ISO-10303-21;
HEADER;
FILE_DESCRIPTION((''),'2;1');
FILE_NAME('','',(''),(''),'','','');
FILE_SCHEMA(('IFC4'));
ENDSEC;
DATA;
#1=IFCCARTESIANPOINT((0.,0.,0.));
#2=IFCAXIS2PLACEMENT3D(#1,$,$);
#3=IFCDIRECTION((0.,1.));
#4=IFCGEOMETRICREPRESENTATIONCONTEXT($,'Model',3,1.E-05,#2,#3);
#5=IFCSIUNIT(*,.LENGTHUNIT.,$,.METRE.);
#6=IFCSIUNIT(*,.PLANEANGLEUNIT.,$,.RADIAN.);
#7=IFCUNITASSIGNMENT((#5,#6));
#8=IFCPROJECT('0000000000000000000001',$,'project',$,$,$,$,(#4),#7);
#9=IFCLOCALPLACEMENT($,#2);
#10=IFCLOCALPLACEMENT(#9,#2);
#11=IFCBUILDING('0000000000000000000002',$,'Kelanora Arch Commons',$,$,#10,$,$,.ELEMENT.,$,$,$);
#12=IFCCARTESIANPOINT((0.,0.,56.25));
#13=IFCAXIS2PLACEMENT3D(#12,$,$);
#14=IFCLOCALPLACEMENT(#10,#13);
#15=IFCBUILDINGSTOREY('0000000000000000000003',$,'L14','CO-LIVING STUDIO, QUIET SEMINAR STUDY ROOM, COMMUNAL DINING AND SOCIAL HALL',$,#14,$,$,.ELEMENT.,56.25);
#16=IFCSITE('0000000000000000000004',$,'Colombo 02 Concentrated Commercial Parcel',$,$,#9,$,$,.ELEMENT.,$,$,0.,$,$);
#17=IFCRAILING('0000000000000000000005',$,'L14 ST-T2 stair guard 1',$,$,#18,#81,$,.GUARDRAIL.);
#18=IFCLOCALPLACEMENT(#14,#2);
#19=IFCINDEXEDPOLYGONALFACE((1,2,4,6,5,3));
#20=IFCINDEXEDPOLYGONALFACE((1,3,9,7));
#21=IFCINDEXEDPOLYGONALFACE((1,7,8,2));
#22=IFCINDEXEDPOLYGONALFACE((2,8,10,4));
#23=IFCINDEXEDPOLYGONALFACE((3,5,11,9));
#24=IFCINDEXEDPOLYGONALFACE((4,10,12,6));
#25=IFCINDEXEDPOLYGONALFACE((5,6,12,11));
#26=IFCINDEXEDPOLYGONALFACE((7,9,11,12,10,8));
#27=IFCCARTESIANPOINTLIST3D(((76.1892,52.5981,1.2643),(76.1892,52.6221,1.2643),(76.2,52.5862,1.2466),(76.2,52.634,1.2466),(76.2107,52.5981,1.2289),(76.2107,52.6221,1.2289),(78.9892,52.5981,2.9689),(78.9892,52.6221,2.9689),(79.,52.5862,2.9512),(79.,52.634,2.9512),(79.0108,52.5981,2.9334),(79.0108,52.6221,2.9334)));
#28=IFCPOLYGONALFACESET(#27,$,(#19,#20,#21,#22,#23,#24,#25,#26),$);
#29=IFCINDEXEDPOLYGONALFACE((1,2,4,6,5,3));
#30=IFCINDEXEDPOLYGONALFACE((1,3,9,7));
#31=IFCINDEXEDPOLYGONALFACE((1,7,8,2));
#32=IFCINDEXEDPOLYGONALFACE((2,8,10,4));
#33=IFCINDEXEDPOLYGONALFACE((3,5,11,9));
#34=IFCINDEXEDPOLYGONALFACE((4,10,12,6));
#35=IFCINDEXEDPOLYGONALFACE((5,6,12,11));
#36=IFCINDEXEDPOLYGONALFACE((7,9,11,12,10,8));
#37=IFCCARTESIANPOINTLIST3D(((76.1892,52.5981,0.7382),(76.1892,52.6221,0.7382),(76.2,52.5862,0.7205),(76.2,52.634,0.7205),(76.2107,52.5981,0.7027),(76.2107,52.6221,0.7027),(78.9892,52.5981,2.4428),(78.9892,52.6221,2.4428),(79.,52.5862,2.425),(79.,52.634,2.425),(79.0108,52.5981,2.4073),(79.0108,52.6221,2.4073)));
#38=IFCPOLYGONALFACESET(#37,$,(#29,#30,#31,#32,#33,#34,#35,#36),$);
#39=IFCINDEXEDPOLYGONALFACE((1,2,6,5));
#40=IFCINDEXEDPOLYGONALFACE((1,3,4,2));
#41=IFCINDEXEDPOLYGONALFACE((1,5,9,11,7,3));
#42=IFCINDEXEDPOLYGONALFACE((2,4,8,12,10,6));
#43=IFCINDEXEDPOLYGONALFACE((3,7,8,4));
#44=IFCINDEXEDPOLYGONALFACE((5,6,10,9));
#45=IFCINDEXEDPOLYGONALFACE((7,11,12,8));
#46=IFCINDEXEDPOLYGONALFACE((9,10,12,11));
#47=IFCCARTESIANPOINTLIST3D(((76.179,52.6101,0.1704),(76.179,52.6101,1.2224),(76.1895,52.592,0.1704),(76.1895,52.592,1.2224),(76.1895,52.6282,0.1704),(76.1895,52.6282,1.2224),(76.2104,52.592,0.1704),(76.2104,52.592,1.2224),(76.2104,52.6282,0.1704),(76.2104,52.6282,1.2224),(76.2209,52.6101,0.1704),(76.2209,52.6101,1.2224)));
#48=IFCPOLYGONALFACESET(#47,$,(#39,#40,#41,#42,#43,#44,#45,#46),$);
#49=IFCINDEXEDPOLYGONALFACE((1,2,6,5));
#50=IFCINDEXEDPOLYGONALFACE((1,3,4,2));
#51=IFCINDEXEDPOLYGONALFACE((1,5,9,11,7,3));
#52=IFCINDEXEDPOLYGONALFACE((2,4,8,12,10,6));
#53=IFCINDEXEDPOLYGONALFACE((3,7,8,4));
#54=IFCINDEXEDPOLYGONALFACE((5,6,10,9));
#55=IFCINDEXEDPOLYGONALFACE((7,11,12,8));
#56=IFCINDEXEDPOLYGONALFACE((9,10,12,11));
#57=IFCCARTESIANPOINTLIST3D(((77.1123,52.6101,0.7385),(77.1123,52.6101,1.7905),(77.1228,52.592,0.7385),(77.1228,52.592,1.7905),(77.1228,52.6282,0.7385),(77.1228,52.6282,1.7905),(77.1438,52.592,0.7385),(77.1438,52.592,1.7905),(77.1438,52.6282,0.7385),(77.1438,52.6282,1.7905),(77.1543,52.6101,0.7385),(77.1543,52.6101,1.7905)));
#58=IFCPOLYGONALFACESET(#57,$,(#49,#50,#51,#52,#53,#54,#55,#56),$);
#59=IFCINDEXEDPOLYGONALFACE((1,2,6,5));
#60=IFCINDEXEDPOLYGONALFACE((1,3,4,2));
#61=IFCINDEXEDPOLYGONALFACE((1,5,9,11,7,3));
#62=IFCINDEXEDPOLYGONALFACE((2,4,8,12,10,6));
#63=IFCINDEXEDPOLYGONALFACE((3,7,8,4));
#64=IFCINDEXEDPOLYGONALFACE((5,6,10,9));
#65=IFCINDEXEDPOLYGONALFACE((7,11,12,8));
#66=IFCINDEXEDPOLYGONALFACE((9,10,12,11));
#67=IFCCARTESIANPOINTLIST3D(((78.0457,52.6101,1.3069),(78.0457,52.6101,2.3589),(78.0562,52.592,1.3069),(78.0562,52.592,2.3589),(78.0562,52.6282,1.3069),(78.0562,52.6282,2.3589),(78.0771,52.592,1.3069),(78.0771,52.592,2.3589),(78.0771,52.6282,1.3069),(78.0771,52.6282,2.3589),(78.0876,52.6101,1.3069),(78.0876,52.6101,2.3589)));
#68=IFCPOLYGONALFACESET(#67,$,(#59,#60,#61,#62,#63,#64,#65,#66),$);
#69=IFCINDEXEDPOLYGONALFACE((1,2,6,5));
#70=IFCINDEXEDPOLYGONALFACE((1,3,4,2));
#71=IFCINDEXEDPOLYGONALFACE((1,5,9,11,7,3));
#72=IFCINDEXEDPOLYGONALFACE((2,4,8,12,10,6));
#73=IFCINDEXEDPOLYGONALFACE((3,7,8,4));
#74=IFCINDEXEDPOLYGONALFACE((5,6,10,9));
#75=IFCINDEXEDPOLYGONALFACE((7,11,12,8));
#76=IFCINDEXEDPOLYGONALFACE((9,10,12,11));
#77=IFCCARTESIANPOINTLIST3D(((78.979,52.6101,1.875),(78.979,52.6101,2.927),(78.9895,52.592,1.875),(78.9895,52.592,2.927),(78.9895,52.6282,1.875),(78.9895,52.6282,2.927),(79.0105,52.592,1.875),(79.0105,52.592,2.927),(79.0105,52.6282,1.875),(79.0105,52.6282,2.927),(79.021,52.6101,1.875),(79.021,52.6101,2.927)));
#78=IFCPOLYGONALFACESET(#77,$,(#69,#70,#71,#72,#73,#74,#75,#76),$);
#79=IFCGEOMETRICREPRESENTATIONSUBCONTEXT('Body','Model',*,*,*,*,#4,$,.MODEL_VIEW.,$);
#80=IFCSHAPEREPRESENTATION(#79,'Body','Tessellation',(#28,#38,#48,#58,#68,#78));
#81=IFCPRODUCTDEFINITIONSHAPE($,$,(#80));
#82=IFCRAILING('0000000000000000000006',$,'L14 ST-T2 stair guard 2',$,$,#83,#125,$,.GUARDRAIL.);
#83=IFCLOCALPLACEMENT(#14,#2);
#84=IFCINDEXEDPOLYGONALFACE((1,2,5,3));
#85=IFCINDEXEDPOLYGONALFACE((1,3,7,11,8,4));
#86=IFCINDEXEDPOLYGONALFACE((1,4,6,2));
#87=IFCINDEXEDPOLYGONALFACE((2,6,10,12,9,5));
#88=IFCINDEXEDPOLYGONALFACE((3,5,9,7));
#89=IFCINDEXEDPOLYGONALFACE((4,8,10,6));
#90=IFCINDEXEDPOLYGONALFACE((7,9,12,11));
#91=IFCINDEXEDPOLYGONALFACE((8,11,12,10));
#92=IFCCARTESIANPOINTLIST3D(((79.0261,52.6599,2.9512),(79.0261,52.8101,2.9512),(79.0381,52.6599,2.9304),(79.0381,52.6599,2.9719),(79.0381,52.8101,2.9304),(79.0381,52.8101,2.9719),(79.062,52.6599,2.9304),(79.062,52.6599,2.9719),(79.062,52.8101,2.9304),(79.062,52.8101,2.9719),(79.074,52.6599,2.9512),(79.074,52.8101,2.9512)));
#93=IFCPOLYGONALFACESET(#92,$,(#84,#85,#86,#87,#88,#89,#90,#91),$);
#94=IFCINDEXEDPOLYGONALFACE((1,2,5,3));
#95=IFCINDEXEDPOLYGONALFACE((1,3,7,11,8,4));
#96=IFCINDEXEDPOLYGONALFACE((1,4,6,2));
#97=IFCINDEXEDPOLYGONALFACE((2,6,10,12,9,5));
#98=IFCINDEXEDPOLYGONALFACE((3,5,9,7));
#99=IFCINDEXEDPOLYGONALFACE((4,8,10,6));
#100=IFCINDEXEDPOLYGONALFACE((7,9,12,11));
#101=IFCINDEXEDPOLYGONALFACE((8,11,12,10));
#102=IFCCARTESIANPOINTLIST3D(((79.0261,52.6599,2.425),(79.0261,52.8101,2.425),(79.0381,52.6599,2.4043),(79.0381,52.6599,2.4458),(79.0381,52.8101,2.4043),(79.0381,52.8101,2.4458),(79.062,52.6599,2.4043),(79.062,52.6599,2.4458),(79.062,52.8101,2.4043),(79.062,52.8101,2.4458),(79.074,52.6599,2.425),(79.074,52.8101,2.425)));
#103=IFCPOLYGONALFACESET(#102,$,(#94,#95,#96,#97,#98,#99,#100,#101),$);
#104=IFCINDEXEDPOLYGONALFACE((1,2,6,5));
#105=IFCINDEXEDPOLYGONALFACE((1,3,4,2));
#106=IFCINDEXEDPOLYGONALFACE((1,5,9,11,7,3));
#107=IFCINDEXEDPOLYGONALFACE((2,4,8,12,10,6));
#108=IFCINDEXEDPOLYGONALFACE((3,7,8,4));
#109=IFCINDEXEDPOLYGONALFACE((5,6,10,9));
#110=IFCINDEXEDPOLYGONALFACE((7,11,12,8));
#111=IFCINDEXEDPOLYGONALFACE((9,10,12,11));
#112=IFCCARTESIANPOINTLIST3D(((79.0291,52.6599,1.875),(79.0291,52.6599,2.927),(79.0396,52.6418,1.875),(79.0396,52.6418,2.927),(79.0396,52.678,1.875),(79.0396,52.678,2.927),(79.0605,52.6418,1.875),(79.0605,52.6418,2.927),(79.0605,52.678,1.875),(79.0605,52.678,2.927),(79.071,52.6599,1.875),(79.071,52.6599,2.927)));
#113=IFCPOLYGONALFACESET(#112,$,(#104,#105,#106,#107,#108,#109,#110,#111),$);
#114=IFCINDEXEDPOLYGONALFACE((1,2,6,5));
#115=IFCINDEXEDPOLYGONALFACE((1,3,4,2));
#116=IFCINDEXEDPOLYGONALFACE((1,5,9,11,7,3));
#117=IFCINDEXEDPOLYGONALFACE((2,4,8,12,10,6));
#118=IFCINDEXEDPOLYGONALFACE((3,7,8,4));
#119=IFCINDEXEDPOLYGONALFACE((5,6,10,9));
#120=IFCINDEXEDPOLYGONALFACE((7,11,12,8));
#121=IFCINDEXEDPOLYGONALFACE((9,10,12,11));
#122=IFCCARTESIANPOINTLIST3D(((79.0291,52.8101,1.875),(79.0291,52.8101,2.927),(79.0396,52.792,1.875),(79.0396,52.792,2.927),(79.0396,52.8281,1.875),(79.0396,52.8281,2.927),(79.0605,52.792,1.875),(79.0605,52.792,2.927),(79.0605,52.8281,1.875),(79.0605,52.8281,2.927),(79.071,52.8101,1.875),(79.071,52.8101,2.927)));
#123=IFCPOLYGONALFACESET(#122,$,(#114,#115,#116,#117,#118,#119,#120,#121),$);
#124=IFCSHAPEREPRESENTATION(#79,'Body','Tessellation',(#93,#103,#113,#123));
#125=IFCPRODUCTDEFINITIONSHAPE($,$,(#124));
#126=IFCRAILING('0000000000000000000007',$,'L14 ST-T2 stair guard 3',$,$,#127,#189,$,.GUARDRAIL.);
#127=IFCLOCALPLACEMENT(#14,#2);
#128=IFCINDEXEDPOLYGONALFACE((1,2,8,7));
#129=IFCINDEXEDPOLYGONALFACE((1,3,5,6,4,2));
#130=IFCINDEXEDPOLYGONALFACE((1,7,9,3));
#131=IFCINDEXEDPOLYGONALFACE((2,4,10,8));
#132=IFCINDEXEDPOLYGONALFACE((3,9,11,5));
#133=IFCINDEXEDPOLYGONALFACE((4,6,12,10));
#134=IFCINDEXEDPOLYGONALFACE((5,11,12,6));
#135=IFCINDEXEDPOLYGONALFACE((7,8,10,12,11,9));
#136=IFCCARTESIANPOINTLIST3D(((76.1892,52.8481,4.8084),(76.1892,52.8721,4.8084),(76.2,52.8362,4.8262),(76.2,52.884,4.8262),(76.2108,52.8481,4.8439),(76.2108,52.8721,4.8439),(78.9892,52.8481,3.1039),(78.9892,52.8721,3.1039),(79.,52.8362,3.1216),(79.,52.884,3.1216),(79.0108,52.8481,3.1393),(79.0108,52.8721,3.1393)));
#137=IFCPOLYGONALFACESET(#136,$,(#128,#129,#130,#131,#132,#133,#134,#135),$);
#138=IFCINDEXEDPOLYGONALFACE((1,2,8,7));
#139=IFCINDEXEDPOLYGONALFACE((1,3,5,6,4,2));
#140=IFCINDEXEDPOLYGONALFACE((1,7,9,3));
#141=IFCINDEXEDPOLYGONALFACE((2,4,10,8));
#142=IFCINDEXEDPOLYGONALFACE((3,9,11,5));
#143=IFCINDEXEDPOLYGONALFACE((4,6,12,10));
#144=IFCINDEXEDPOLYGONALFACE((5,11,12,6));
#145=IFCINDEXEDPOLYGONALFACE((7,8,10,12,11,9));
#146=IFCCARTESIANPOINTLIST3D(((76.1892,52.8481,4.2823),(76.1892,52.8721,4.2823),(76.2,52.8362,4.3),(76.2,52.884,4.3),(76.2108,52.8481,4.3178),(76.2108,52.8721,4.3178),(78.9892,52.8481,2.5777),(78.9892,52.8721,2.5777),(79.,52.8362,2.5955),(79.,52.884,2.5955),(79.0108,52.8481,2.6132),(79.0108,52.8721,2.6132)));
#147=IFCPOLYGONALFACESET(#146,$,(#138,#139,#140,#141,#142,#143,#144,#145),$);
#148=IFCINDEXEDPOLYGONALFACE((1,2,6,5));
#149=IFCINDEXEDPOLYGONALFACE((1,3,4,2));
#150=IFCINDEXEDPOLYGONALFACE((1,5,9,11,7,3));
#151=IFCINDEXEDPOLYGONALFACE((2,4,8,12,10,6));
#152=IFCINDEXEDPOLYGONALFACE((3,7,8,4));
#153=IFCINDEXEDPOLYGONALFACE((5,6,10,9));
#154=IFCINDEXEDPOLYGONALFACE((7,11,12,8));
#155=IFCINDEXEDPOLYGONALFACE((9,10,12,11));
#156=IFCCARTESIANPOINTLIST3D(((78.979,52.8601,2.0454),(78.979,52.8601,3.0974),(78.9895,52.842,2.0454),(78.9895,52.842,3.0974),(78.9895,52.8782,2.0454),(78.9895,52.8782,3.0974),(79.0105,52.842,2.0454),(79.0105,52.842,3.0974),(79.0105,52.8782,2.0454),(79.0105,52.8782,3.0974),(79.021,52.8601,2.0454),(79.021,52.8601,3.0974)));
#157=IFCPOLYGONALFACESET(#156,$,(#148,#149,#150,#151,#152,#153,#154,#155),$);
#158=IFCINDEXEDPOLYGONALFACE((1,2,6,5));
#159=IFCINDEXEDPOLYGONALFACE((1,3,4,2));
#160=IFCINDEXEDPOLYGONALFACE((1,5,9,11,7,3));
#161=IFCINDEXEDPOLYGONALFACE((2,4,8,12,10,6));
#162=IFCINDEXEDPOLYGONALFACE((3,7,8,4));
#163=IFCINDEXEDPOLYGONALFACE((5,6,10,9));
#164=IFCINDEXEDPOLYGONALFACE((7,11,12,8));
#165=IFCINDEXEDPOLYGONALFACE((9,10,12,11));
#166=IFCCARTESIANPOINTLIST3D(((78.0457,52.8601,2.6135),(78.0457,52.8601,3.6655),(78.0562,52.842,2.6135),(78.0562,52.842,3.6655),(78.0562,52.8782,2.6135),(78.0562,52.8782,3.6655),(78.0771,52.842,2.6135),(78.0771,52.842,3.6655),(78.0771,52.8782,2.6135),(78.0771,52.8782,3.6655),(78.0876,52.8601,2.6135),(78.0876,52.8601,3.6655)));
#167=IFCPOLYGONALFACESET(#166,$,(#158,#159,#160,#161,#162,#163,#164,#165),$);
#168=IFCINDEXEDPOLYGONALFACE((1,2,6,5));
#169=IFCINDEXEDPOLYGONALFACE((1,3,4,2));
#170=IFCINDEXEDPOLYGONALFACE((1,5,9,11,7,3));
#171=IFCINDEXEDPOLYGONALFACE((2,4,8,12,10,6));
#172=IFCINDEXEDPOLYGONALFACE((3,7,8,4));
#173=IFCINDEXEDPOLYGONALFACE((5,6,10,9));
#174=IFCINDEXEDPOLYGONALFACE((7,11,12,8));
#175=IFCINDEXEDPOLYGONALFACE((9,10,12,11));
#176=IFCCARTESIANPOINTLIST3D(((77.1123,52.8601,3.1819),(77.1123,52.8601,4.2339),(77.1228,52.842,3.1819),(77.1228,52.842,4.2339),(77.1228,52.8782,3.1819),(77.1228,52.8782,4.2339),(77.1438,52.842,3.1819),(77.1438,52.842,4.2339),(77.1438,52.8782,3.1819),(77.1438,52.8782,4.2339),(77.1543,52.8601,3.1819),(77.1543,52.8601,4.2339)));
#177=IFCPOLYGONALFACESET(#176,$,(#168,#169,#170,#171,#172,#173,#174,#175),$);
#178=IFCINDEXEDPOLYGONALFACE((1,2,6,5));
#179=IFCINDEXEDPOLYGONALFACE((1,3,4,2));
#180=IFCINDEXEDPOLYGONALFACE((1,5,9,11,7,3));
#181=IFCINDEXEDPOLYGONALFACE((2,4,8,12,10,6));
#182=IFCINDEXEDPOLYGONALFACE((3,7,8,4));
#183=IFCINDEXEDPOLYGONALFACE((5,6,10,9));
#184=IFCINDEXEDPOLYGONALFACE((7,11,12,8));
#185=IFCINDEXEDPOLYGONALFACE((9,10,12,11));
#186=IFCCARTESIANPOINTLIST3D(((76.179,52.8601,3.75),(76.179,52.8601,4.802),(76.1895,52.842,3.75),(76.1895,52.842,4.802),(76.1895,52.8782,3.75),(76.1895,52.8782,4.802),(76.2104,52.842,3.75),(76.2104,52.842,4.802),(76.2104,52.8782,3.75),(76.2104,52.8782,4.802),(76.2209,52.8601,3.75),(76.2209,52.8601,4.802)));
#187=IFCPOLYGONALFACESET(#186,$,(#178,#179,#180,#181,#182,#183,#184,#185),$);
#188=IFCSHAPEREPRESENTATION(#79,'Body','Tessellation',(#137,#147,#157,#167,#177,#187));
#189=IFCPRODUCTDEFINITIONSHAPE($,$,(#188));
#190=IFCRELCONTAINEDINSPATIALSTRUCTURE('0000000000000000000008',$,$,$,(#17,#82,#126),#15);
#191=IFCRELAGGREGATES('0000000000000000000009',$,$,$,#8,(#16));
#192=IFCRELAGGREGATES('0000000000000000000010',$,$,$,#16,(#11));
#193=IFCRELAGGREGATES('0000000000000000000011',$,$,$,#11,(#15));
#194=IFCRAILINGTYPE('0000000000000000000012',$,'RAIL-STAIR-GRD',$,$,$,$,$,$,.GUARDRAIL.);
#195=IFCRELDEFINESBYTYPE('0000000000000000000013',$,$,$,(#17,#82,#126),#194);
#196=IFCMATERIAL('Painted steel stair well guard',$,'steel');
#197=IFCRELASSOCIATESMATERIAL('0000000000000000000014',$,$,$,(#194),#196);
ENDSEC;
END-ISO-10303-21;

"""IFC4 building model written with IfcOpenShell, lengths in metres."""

from ifc_helpers import new_model, si_unit, direction, frame, origin, place, context, subcontext, project, spatial, polyline, outline, extrude, material, type_object, element, save


model = new_model("IFC4")

# Units and contexts
model_context = context("Model", 3, precision=1e-05, world=origin(), true_north=direction((0.0, 1.0)))
body_context = subcontext(model_context, "Body", "Model", "MODEL_VIEW")
ifc_project = project(units=[si_unit("LENGTHUNIT", "METRE"), si_unit("PLANEANGLEUNIT", "RADIAN")], contexts=[model_context])

# Site, building, storey
site_placement = place(None, origin())
site = spatial("IfcSite", under=ifc_project, at=site_placement, Name="Colombo 02 Concentrated Commercial Parcel", CompositionType="ELEMENT", RefElevation=0.0)
building_placement = place(site_placement, origin())
building = spatial("IfcBuilding", under=site, at=building_placement, Name="Kelanora Arch Commons", CompositionType="ELEMENT")
storey_placement = place(building_placement, frame((0.0, 0.0, 56.25)))
storey = spatial("IfcBuildingStorey", under=building, at=storey_placement, Name="L14", Description="CO-LIVING STUDIO, QUIET SEMINAR STUDY ROOM, COMMUNAL DINING AND SOCIAL HALL", CompositionType="ELEMENT", Elevation=56.25)

# Railings
ifc_material_1 = material(Name="Painted steel stair well guard", Category="steel")
railing_type_1 = type_object("IfcRailingType", Name="RAIL-STAIR-GRD", PredefinedType="GUARDRAIL", material=ifc_material_1)
railing_1_placement = place(storey_placement, frame((76.2, 52.6101, 0.1704)))
element("IfcRailing", 1, at=railing_1_placement, inside=storey, type_object=railing_type_1, Name="L14 ST-T2 stair guard 1", PredefinedType="GUARDRAIL", context=body_context, shape_type="SweptSolid", body=[
    extrude(outline(polyline([(0.0239, 0.0), (0.012, 0.0208), (-0.012, 0.0208), (-0.0239, 0.0), (-0.012, -0.0208), (0.012, -0.0208), (0.0239, 0.0)])), frame((0.0, 0.0, 1.0762), z_axis=(0.85417, 0.0, 0.519994), x_axis=(0.0, 1.0, 0.0)), (0.0, 0.0, 1.0), 3.2781),
    extrude(outline(polyline([(0.0239, 0.0), (0.012, 0.0208), (-0.012, 0.0208), (-0.0239, 0.0), (-0.012, -0.0208), (0.012, -0.0208), (0.0239, 0.0)])), frame((0.0, 0.0, 0.55), z_axis=(0.85417, 0.0, 0.519994), x_axis=(0.0, 1.0, 0.0)), (0.0, 0.0, 1.0), 3.2781),
    extrude(outline(polyline([(0.021, 0.0), (0.0105, 0.0181), (-0.0105, 0.0181), (-0.021, 0.0), (-0.0105, -0.0181), (0.0105, -0.0181), (0.021, 0.0)])), origin(), (0.0, 0.0, 1.0), 1.052),
    extrude(outline(polyline([(0.021, 0.0), (0.0105, 0.0181), (-0.0105, 0.0181), (-0.021, 0.0), (-0.0105, -0.0181), (0.0105, -0.0181), (0.021, 0.0)])), frame((0.9333, 0.0, 0.5681)), (0.0, 0.0, 1.0), 1.052),
    extrude(outline(polyline([(0.021, 0.0), (0.0105, 0.0181), (-0.0105, 0.0181), (-0.021, 0.0), (-0.0105, -0.0181), (0.0105, -0.0181), (0.021, 0.0)])), frame((1.8667, 0.0, 1.1365)), (0.0, 0.0, 1.0), 1.052),
    extrude(outline(polyline([(0.021, 0.0), (0.0105, 0.0181), (-0.0105, 0.0181), (-0.021, 0.0), (-0.0105, -0.0181), (0.0105, -0.0181), (0.021, 0.0)])), frame((2.8, 0.0, 1.7046)), (0.0, 0.0, 1.0), 1.052),
])
railing_2_placement = place(storey_placement, frame((79.05, 52.6599, 1.875)))
element("IfcRailing", 2, at=railing_2_placement, inside=storey, type_object=railing_type_1, Name="L14 ST-T2 stair guard 2", PredefinedType="GUARDRAIL", context=body_context, shape_type="SweptSolid", body=[
    extrude(outline(polyline([(0.0239, 0.0), (0.012, 0.0208), (-0.012, 0.0208), (-0.0239, 0.0), (-0.012, -0.0208), (0.012, -0.0208), (0.0239, 0.0)])), frame((0.0, 0.0, 1.0762), z_axis=(0.0, 1.0, 0.0), x_axis=(-1.0, 0.0, 0.0)), (0.0, 0.0, 1.0), 0.1501),
    extrude(outline(polyline([(0.0239, 0.0), (0.012, 0.0208), (-0.012, 0.0208), (-0.0239, 0.0), (-0.012, -0.0208), (0.012, -0.0208), (0.0239, 0.0)])), frame((0.0, 0.0, 0.55), z_axis=(0.0, 1.0, 0.0), x_axis=(-1.0, 0.0, 0.0)), (0.0, 0.0, 1.0), 0.1501),
    extrude(outline(polyline([(0.021, 0.0), (0.0105, 0.0181), (-0.0105, 0.0181), (-0.021, 0.0), (-0.0105, -0.0181), (0.0105, -0.0181), (0.021, 0.0)])), origin(), (0.0, 0.0, 1.0), 1.052),
    extrude(outline(polyline([(0.021, 0.0), (0.0105, 0.0181), (-0.0105, 0.0181), (-0.021, 0.0), (-0.0105, -0.0181), (0.0105, -0.0181), (0.021, 0.0)])), frame((0.0, 0.1501, 0.0)), (0.0, 0.0, 1.0), 1.052),
])
railing_3_placement = place(storey_placement, frame((79.0, 52.8601, 2.0454)))
element("IfcRailing", 3, at=railing_3_placement, inside=storey, type_object=railing_type_1, Name="L14 ST-T2 stair guard 3", PredefinedType="GUARDRAIL", context=body_context, shape_type="SweptSolid", body=[
    extrude(outline(polyline([(0.0239, 0.0), (0.012, 0.0208), (-0.012, 0.0208), (-0.0239, 0.0), (-0.012, -0.0208), (0.012, -0.0208), (0.0239, 0.0)])), frame((0.0, 0.0, 1.0762), z_axis=(-0.85417, 0.0, 0.519994), x_axis=(0.0, -1.0, 0.0)), (0.0, 0.0, 1.0), 3.2781),
    extrude(outline(polyline([(0.0239, 0.0), (0.012, 0.0208), (-0.012, 0.0208), (-0.0239, 0.0), (-0.012, -0.0208), (0.012, -0.0208), (0.0239, 0.0)])), frame((0.0, 0.0, 0.55), z_axis=(-0.85417, 0.0, 0.519994), x_axis=(0.0, -1.0, 0.0)), (0.0, 0.0, 1.0), 3.2781),
    extrude(outline(polyline([(0.021, 0.0), (0.0105, 0.0181), (-0.0105, 0.0181), (-0.021, 0.0), (-0.0105, -0.0181), (0.0105, -0.0181), (0.021, 0.0)])), origin(), (0.0, 0.0, 1.0), 1.052),
    extrude(outline(polyline([(0.021, 0.0), (0.0105, 0.0181), (-0.0105, 0.0181), (-0.021, 0.0), (-0.0105, -0.0181), (0.0105, -0.0181), (0.021, 0.0)])), frame((-0.9333, 0.0, 0.5681)), (0.0, 0.0, 1.0), 1.052),
    extrude(outline(polyline([(0.021, 0.0), (0.0105, 0.0181), (-0.0105, 0.0181), (-0.021, 0.0), (-0.0105, -0.0181), (0.0105, -0.0181), (0.021, 0.0)])), frame((-1.8667, 0.0, 1.1365)), (0.0, 0.0, 1.0), 1.052),
    extrude(outline(polyline([(0.021, 0.0), (0.0105, 0.0181), (-0.0105, 0.0181), (-0.021, 0.0), (-0.0105, -0.0181), (0.0105, -0.0181), (0.021, 0.0)])), frame((-2.8, 0.0, 1.7046)), (0.0, 0.0, 1.0), 1.052),
])

save(model, "model.ifc")
